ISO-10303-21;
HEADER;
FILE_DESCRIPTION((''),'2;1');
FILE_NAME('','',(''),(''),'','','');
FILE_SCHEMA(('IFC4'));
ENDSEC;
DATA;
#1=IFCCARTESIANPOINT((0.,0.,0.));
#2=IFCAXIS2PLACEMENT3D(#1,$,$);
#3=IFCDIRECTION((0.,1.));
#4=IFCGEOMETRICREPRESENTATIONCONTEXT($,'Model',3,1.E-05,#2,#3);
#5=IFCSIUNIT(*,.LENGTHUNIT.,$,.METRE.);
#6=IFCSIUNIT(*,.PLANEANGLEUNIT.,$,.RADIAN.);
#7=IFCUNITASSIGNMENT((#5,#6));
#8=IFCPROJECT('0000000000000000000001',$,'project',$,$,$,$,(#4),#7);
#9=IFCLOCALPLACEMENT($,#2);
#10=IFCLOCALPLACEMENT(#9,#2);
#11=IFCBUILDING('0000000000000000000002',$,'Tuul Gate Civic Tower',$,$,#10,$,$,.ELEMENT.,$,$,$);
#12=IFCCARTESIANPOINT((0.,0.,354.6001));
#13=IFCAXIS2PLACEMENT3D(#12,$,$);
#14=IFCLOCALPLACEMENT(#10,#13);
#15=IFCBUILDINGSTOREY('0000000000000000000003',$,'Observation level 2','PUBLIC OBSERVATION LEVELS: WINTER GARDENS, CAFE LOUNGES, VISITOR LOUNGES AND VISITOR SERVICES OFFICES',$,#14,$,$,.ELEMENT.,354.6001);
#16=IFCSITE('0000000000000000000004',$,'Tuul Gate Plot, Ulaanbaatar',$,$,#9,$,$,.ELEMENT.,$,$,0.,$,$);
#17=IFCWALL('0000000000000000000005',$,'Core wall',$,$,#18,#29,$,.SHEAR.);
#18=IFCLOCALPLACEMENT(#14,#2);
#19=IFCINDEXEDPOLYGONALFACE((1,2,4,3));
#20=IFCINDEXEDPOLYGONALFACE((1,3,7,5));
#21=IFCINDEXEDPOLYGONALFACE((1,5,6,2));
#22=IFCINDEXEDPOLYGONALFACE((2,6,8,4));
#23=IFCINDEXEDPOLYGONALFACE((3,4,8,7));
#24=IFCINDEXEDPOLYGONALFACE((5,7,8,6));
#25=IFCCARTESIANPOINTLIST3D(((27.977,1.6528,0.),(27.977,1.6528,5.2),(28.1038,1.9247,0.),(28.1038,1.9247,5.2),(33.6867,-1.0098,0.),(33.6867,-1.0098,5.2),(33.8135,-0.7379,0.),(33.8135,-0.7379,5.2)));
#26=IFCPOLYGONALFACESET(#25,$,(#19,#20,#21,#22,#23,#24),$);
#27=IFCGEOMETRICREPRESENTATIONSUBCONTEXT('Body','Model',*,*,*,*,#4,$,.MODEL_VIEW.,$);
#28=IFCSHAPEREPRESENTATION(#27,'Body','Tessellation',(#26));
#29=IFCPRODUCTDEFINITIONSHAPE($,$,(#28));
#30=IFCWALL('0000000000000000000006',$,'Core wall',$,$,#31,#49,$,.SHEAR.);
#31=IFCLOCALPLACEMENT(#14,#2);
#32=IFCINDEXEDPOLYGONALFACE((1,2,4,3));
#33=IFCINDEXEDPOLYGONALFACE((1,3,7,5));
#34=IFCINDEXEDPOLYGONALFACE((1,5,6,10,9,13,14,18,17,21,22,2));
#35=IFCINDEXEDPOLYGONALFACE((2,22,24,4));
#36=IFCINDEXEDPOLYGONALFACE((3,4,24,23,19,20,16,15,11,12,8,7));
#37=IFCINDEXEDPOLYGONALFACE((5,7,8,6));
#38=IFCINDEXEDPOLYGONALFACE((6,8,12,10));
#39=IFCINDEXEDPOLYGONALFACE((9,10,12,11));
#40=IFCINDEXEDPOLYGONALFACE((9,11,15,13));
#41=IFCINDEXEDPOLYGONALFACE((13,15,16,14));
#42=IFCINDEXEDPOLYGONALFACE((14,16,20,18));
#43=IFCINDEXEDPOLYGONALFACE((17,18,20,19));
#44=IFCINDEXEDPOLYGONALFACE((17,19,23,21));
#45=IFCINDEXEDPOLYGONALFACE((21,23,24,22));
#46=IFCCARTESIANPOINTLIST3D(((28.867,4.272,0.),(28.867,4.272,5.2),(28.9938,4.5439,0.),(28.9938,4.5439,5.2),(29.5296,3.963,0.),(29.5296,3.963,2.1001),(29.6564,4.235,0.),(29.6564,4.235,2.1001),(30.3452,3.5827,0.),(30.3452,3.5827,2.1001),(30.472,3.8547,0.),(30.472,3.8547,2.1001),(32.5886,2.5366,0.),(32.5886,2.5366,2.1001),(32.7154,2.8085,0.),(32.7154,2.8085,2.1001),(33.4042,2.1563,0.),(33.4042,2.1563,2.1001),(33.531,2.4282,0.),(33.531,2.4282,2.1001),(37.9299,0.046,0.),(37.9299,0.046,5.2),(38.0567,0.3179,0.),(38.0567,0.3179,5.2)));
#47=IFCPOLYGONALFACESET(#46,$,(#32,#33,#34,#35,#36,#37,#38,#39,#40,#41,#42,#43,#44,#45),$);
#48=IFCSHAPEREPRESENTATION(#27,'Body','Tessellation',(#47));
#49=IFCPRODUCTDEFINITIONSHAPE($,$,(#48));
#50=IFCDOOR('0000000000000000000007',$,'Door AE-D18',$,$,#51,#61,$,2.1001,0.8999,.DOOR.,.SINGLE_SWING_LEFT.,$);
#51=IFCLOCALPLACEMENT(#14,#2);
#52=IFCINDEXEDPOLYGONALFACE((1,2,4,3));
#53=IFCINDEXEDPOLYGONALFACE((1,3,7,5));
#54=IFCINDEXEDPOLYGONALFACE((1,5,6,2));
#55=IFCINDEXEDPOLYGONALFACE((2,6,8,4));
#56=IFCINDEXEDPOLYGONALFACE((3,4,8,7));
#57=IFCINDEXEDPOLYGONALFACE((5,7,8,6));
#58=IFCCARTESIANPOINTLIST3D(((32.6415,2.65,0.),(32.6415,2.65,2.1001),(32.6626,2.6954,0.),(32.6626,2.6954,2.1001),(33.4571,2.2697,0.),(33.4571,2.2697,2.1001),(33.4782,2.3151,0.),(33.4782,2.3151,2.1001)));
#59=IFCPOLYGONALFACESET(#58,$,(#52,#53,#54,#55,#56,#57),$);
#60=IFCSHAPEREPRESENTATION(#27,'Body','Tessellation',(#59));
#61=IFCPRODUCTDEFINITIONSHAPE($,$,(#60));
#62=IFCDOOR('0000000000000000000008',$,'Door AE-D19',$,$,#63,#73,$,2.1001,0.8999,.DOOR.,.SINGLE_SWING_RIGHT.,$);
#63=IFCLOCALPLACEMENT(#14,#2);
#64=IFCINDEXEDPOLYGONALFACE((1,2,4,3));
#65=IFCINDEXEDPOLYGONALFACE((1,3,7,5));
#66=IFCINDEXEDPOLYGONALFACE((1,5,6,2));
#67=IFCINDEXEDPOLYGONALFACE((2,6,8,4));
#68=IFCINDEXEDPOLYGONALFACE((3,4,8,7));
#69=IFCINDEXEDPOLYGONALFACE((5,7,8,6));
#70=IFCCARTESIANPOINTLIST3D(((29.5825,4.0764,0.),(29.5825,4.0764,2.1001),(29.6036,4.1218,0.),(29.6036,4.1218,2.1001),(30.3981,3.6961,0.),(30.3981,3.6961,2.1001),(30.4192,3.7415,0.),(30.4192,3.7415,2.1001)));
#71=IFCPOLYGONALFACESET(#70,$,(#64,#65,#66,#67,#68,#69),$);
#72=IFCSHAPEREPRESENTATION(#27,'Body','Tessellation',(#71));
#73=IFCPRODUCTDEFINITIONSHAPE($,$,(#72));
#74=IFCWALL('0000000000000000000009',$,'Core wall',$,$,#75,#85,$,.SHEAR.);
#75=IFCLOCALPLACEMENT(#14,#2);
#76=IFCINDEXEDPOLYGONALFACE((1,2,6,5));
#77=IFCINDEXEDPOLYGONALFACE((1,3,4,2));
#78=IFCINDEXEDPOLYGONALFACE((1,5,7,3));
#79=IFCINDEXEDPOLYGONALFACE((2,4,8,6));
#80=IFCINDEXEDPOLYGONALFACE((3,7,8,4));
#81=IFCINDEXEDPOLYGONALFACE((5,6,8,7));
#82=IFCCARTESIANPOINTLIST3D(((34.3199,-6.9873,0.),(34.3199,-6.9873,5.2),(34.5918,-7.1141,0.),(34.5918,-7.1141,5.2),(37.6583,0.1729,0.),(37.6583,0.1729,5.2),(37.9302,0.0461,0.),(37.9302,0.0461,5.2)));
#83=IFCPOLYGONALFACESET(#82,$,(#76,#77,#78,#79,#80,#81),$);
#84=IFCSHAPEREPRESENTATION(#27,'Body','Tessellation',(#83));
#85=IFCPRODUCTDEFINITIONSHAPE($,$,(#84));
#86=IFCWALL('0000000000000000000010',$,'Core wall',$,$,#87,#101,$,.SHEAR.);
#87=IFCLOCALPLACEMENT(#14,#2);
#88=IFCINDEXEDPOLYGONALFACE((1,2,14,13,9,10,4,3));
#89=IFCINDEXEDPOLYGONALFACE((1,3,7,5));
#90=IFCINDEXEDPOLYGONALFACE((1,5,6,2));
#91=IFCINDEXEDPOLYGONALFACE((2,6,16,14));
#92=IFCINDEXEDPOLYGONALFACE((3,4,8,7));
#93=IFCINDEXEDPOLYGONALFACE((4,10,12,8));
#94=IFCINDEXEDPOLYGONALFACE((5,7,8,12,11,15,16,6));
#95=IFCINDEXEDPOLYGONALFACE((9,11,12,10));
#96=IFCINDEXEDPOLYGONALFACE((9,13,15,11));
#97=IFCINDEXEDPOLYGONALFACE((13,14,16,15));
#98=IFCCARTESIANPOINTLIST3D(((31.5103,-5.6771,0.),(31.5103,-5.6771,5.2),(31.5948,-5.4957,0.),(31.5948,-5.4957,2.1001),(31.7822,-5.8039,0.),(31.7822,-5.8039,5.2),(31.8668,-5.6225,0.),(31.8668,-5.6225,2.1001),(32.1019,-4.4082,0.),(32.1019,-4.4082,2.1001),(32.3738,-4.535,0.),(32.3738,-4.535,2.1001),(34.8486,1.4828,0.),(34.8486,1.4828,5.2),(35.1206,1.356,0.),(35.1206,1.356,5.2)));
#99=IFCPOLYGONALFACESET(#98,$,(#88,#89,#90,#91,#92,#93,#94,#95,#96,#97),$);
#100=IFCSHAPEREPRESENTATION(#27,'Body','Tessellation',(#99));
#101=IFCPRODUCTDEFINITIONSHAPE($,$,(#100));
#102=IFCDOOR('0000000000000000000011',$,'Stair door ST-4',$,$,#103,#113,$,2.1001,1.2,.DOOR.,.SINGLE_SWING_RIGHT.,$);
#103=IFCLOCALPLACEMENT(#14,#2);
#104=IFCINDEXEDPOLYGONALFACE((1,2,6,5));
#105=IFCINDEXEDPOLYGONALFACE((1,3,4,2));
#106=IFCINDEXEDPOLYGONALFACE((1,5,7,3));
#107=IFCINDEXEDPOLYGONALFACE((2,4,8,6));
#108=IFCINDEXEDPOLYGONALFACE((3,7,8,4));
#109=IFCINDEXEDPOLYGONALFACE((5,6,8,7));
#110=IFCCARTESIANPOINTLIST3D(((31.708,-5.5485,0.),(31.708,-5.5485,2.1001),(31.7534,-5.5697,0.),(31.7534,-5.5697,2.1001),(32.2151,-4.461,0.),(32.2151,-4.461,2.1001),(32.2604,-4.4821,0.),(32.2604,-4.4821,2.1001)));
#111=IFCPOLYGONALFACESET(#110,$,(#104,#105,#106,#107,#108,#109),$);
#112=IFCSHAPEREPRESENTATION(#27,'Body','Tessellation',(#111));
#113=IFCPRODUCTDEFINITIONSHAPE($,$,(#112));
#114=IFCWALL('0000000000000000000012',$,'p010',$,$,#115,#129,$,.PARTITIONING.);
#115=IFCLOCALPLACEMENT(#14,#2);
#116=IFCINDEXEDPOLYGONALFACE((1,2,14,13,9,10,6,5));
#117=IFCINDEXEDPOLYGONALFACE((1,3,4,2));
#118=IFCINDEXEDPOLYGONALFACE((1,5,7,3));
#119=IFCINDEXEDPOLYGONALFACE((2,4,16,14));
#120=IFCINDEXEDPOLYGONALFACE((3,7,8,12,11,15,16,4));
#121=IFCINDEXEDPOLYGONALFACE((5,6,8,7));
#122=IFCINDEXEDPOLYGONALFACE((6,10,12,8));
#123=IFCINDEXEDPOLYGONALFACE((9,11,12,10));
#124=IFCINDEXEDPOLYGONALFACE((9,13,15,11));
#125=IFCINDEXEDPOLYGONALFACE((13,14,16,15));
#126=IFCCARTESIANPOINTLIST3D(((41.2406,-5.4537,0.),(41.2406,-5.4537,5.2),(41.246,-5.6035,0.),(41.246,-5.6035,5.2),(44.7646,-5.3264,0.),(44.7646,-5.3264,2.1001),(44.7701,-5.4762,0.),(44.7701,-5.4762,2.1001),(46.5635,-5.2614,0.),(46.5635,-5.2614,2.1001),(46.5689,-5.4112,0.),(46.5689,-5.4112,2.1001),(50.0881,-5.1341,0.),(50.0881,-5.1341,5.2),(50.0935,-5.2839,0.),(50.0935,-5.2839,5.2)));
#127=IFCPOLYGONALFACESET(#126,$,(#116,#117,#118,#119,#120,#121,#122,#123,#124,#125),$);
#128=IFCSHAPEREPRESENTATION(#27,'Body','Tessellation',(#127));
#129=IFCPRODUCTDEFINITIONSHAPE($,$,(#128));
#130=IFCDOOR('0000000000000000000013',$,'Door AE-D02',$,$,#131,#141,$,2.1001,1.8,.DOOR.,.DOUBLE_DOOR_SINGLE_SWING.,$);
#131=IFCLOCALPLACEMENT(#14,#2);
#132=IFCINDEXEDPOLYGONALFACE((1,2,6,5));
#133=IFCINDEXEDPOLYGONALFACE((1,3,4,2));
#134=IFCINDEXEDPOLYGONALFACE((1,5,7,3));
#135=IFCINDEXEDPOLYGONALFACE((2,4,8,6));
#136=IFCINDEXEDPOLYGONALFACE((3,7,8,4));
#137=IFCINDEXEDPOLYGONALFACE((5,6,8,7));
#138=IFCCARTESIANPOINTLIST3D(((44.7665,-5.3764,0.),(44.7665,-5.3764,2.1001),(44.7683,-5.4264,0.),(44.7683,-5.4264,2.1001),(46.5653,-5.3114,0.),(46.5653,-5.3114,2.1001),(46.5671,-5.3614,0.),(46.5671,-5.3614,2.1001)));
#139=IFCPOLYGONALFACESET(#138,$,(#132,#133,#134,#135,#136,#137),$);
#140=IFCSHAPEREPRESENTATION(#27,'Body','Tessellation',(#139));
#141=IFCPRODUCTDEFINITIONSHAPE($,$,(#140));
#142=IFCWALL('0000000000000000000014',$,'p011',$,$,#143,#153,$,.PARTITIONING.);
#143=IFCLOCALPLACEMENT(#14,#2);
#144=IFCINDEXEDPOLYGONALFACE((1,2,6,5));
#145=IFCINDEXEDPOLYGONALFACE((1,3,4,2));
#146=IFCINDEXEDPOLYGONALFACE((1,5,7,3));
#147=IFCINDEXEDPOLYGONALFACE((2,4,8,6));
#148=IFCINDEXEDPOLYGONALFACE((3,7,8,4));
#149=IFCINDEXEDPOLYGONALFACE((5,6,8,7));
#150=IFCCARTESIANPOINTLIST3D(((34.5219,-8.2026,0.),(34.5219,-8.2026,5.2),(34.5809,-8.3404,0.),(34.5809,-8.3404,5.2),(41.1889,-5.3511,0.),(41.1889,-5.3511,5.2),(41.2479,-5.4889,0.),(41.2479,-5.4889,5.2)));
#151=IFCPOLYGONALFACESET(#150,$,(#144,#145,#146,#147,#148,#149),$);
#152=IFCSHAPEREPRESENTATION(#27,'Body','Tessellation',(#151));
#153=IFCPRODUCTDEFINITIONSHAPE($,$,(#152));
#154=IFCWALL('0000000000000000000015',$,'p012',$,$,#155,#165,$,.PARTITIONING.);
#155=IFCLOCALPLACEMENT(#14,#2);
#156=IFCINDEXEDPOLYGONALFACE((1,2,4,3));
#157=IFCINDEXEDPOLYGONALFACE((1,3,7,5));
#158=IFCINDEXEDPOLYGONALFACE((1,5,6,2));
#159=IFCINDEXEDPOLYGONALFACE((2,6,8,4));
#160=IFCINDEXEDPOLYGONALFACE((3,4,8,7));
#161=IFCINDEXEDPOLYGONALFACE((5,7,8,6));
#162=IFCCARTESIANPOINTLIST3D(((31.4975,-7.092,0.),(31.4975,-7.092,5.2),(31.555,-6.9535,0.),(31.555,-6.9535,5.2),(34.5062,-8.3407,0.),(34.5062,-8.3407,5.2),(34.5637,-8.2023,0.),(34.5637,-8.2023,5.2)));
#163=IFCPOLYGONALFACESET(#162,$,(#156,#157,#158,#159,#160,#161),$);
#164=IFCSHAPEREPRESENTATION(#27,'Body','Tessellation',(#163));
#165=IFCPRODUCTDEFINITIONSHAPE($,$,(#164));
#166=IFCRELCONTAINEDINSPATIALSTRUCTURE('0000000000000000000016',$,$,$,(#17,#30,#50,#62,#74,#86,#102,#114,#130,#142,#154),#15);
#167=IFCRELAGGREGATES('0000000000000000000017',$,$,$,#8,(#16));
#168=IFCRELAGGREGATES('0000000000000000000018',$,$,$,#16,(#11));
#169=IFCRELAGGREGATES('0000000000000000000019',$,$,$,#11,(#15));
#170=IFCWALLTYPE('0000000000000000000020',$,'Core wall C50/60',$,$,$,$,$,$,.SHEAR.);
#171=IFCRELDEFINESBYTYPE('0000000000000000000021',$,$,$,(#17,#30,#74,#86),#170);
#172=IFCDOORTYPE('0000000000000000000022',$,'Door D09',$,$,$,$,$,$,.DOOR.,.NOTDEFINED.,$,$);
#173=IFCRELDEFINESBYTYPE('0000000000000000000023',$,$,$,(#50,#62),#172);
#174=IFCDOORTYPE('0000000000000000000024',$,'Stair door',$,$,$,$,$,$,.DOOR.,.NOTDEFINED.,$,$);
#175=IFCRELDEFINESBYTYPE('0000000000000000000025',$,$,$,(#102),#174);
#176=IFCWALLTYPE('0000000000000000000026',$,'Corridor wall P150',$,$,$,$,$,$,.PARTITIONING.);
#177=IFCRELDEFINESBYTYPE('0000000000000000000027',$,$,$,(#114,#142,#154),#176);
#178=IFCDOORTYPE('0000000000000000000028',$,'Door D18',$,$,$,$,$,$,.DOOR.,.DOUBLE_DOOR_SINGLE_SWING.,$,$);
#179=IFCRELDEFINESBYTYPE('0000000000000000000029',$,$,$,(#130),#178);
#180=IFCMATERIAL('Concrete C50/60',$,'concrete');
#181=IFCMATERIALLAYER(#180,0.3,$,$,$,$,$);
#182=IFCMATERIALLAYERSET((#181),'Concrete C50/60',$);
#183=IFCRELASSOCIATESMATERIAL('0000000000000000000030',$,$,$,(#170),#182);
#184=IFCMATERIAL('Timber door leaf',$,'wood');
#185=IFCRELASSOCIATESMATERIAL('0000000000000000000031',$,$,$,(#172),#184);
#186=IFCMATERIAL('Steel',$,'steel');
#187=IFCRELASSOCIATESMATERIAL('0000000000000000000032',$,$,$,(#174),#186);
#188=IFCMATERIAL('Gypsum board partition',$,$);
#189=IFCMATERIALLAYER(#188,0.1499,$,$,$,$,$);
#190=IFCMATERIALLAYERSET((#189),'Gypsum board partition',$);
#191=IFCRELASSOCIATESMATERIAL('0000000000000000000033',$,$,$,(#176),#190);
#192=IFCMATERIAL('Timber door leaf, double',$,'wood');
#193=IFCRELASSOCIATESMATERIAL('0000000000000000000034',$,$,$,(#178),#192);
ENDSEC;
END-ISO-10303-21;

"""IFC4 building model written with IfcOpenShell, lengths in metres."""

from ifc_helpers import new_model, si_unit, direction, frame, frame_2d, origin, place, context, subcontext, project, spatial, rectangle, extrude, material, layer, layer_set, type_object, element, fill, save


model = new_model("IFC4")

# Units and contexts
model_context = context("Model", 3, precision=1e-05, world=origin(), true_north=direction((0.0, 1.0)))
body_context = subcontext(model_context, "Body", "Model", "MODEL_VIEW")
ifc_project = project(units=[si_unit("LENGTHUNIT", "METRE"), si_unit("PLANEANGLEUNIT", "RADIAN")], contexts=[model_context])

# Site, building, storey
site_placement = place(None, origin())
site = spatial("IfcSite", under=ifc_project, at=site_placement, Name="Tuul Gate Plot, Ulaanbaatar", CompositionType="ELEMENT", RefElevation=0.0)
building_placement = place(site_placement, origin())
building = spatial("IfcBuilding", under=site, at=building_placement, Name="Tuul Gate Civic Tower", CompositionType="ELEMENT")
storey_placement = place(building_placement, frame((0.0, 0.0, 354.6001)))
storey = spatial("IfcBuildingStorey", under=building, at=storey_placement, Name="Observation level 2", Description="PUBLIC OBSERVATION LEVELS: WINTER GARDENS, CAFE LOUNGES, VISITOR LOUNGES AND VISITOR SERVICES OFFICES", CompositionType="ELEMENT", Elevation=354.6001)

# Shared definitions
ifc_material_1 = material(Name="Concrete C50/60", Category="concrete")
ifc_layer_1 = layer(ifc_material_1, 0.3)
ifc_layer_set_1 = layer_set([ifc_layer_1], Name="Concrete C50/60")
wall_type_1 = type_object("IfcWallType", Name="Core wall C50/60", PredefinedType="SHEAR", material=ifc_layer_set_1)

# Wall
wall_1_placement = place(storey_placement, frame((33.75, -0.8738, 0.0), z_axis=(0.0, 0.0, 1.0), x_axis=(-0.906301, 0.422633, 0.0)))
element("IfcWall", 1, at=wall_1_placement, inside=storey, type_object=wall_type_1, Name="Core wall", PredefinedType="SHEAR", context=body_context, shape_type="SweptSolid", body=[
    extrude(rectangle(XDim=6.3, YDim=0.3, at=frame_2d((3.1499, 0.0))), origin(), (0.0, 0.0, 1.0), 5.2),
])

# Wall, openings, doors
wall_2_placement = place(storey_placement, frame((37.9934, 0.1819, 0.0), z_axis=(0.0, 0.0, 1.0), x_axis=(-0.90631, 0.422613, 0.0)))
wall_2 = element("IfcWall", 2, at=wall_2_placement, inside=storey, type_object=wall_type_1, Name="Core wall", PredefinedType="SHEAR", context=body_context, shape_type="SweptSolid", body=[
    extrude(rectangle(XDim=9.9998, YDim=0.3, at=frame_2d((5.0, 0.0))), origin(), (0.0, 0.0, 1.0), 5.2),
])
opening_1_placement = place(wall_2_placement, frame((4.9937, 0.0, 0.0)))
opening_1 = element("IfcOpeningElement", 3, at=opening_1_placement, cuts=wall_2, PredefinedType="OPENING", context=body_context, shape_type="SweptSolid", body=[
    extrude(rectangle(XDim=0.8999, YDim=2.1001, at=frame_2d((0.45, 1.05))), frame((0.0, 0.1602, 0.0), z_axis=(0.0, -1.0, 0.0), x_axis=(1.0, 0.0, 0.0)), (0.0, 0.0, 1.0), 0.3201),
])
opening_2_placement = place(wall_2_placement, frame((8.3689, 0.0, 0.0)))
opening_2 = element("IfcOpeningElement", 4, at=opening_2_placement, cuts=wall_2, PredefinedType="OPENING", context=body_context, shape_type="SweptSolid", body=[
    extrude(rectangle(XDim=0.8999, YDim=2.1001, at=frame_2d((0.45, 1.05))), frame((0.0, 0.1602, 0.0), z_axis=(0.0, -1.0, 0.0), x_axis=(1.0, 0.0, 0.0)), (0.0, 0.0, 1.0), 0.3201),
])
ifc_material_2 = material(Name="Timber door leaf", Category="wood")
door_type_1 = type_object("IfcDoorType", Name="Door D09", OperationType="NOTDEFINED", PredefinedType="DOOR", material=ifc_material_2)
door_1_placement = place(opening_1_placement, origin())
door_1 = element("IfcDoor", 5, at=door_1_placement, inside=storey, type_object=door_type_1, Name="Door AE-D18", OperationType="SINGLE_SWING_LEFT", OverallHeight=2.1001, OverallWidth=0.8999, PredefinedType="DOOR", context=body_context, shape_type="SweptSolid", body=[
    extrude(rectangle(XDim=0.8999, YDim=2.1001, at=frame_2d((0.45, 1.05))), frame((0.0, 0.0249, 0.0), z_axis=(0.0, -1.0, 0.0), x_axis=(1.0, 0.0, 0.0)), (0.0, 0.0, 1.0), 0.05),
])
fill(opening_1, door_1)
door_2_placement = place(opening_2_placement, origin())
door_2 = element("IfcDoor", 6, at=door_2_placement, inside=storey, type_object=door_type_1, Name="Door AE-D19", OperationType="SINGLE_SWING_RIGHT", OverallHeight=2.1001, OverallWidth=0.8999, PredefinedType="DOOR", context=body_context, shape_type="SweptSolid", body=[
    extrude(rectangle(XDim=0.8999, YDim=2.1001, at=frame_2d((0.45, 1.05))), frame((0.0, 0.0249, 0.0), z_axis=(0.0, -1.0, 0.0), x_axis=(1.0, 0.0, 0.0)), (0.0, 0.0, 1.0), 0.05),
])
fill(opening_2, door_2)

# Wall
wall_3_placement = place(storey_placement, frame((34.4558, -7.0508, 0.0), z_axis=(0.0, 0.0, 1.0), x_axis=(0.422571, 0.90633, 0.0)))
element("IfcWall", 7, at=wall_3_placement, inside=storey, type_object=wall_type_1, Name="Core wall", PredefinedType="SHEAR", context=body_context, shape_type="SweptSolid", body=[
    extrude(rectangle(XDim=7.9001, YDim=0.3, at=frame_2d((3.9502, 0.0))), origin(), (0.0, 0.0, 1.0), 5.2),
])

# Walls, openings, doors
wall_4_placement = place(storey_placement, frame((31.6462, -5.7405, 0.0), z_axis=(0.0, 0.0, 1.0), x_axis=(0.422583, 0.906324, 0.0)))
wall_4 = element("IfcWall", 8, at=wall_4_placement, inside=storey, type_object=wall_type_1, Name="Core wall", PredefinedType="SHEAR", context=body_context, shape_type="SweptSolid", body=[
    extrude(rectangle(XDim=7.8999, YDim=0.3, at=frame_2d((3.95, 0.0))), origin(), (0.0, 0.0, 1.0), 5.2),
])
opening_3_placement = place(wall_4_placement, frame((0.2, 0.0, 0.0)))
opening_3 = element("IfcOpeningElement", 9, at=opening_3_placement, cuts=wall_4, PredefinedType="OPENING", context=body_context, shape_type="SweptSolid", body=[
    extrude(rectangle(XDim=1.2, YDim=2.1001, at=frame_2d((0.6001, 1.05))), frame((0.0, 0.1602, 0.0), z_axis=(0.0, -1.0, 0.0), x_axis=(1.0, 0.0, 0.0)), (0.0, 0.0, 1.0), 0.3201),
])
ifc_material_3 = material(Name="Steel", Category="steel")
door_type_2 = type_object("IfcDoorType", Name="Stair door", OperationType="NOTDEFINED", PredefinedType="DOOR", material=ifc_material_3)
door_3_placement = place(opening_3_placement, frame((1.2, 0.0, 0.0), z_axis=(0.0, 0.0, 1.0), x_axis=(-1.0, 0.0, 0.0)))
door_3 = element("IfcDoor", 10, at=door_3_placement, inside=storey, type_object=door_type_2, Name="Stair door ST-4", OperationType="SINGLE_SWING_RIGHT", OverallHeight=2.1001, OverallWidth=1.2, PredefinedType="DOOR", context=body_context, shape_type="SweptSolid", body=[
    extrude(rectangle(XDim=1.2, YDim=2.1001, at=frame_2d((0.5999, 1.05))), frame((0.0, 0.0249, 0.0), z_axis=(0.0, -1.0, 0.0), x_axis=(1.0, 0.0, 0.0)), (0.0, 0.0, 1.0), 0.05),
])
fill(opening_3, door_3)
ifc_material_4 = material(Name="Gypsum board partition")
ifc_layer_2 = layer(ifc_material_4, 0.1499)
ifc_layer_set_2 = layer_set([ifc_layer_2], Name="Gypsum board partition")
wall_type_2 = type_object("IfcWallType", Name="Corridor wall P150", PredefinedType="PARTITIONING", material=ifc_layer_set_2)
wall_5_placement = place(storey_placement, frame((41.2432, -5.5286, 0.0), z_axis=(0.0, 0.0, 1.0), x_axis=(0.999348, 0.036098, 0.0)))
wall_5 = element("IfcWall", 11, at=wall_5_placement, inside=storey, type_object=wall_type_2, Name="p010", PredefinedType="PARTITIONING", context=body_context, shape_type="SweptSolid", body=[
    extrude(rectangle(XDim=8.8533, YDim=0.1499, at=frame_2d((4.4268, 0.0))), origin(), (0.0, 0.0, 1.0), 5.2),
])
opening_4_placement = place(wall_5_placement, frame((3.5266, 0.0, 0.0)))
opening_4 = element("IfcOpeningElement", 12, at=opening_4_placement, cuts=wall_5, PredefinedType="OPENING", context=body_context, shape_type="SweptSolid", body=[
    extrude(rectangle(XDim=1.8, YDim=2.1001, at=frame_2d((0.8999, 1.05))), frame((0.0, 0.085, 0.0), z_axis=(0.0, -1.0, 0.0), x_axis=(1.0, 0.0, 0.0)), (0.0, 0.0, 1.0), 0.1699),
])
ifc_material_5 = material(Name="Timber door leaf, double", Category="wood")
door_type_3 = type_object("IfcDoorType", Name="Door D18", OperationType="DOUBLE_DOOR_SINGLE_SWING", PredefinedType="DOOR", material=ifc_material_5)
door_4_placement = place(opening_4_placement, origin())
door_4 = element("IfcDoor", 13, at=door_4_placement, inside=storey, type_object=door_type_3, Name="Door AE-D02", OperationType="DOUBLE_DOOR_SINGLE_SWING", OverallHeight=2.1001, OverallWidth=1.8, PredefinedType="DOOR", context=body_context, shape_type="SweptSolid", body=[
    extrude(rectangle(XDim=1.8, YDim=2.1001, at=frame_2d((0.8999, 1.05))), frame((0.0, 0.0249, 0.0), z_axis=(0.0, -1.0, 0.0), x_axis=(1.0, 0.0, 0.0)), (0.0, 0.0, 1.0), 0.05),
])
fill(opening_4, door_4)

# Walls
wall_6_placement = place(storey_placement, frame((34.5515, -8.2715, 0.0), z_axis=(0.0, 0.0, 1.0), x_axis=(0.91943, 0.393253, 0.0)))
element("IfcWall", 14, at=wall_6_placement, inside=storey, type_object=wall_type_2, Name="p011", PredefinedType="PARTITIONING", context=body_context, shape_type="SweptSolid", body=[
    extrude(rectangle(XDim=7.2512, YDim=0.1499, at=frame_2d((3.6255, 0.0))), origin(), (0.0, 0.0, 1.0), 5.2),
])
wall_7_placement = place(storey_placement, frame((31.5261, -7.0227, 0.0), z_axis=(0.0, 0.0, 1.0), x_axis=(0.923608, -0.383338, 0.0)))
element("IfcWall", 15, at=wall_7_placement, inside=storey, type_object=wall_type_2, Name="p012", PredefinedType="PARTITIONING", context=body_context, shape_type="SweptSolid", body=[
    extrude(rectangle(XDim=3.2576, YDim=0.1499, at=frame_2d((1.6289, 0.0))), origin(), (0.0, 0.0, 1.0), 5.2),
])

save(model, "model.ifc")
